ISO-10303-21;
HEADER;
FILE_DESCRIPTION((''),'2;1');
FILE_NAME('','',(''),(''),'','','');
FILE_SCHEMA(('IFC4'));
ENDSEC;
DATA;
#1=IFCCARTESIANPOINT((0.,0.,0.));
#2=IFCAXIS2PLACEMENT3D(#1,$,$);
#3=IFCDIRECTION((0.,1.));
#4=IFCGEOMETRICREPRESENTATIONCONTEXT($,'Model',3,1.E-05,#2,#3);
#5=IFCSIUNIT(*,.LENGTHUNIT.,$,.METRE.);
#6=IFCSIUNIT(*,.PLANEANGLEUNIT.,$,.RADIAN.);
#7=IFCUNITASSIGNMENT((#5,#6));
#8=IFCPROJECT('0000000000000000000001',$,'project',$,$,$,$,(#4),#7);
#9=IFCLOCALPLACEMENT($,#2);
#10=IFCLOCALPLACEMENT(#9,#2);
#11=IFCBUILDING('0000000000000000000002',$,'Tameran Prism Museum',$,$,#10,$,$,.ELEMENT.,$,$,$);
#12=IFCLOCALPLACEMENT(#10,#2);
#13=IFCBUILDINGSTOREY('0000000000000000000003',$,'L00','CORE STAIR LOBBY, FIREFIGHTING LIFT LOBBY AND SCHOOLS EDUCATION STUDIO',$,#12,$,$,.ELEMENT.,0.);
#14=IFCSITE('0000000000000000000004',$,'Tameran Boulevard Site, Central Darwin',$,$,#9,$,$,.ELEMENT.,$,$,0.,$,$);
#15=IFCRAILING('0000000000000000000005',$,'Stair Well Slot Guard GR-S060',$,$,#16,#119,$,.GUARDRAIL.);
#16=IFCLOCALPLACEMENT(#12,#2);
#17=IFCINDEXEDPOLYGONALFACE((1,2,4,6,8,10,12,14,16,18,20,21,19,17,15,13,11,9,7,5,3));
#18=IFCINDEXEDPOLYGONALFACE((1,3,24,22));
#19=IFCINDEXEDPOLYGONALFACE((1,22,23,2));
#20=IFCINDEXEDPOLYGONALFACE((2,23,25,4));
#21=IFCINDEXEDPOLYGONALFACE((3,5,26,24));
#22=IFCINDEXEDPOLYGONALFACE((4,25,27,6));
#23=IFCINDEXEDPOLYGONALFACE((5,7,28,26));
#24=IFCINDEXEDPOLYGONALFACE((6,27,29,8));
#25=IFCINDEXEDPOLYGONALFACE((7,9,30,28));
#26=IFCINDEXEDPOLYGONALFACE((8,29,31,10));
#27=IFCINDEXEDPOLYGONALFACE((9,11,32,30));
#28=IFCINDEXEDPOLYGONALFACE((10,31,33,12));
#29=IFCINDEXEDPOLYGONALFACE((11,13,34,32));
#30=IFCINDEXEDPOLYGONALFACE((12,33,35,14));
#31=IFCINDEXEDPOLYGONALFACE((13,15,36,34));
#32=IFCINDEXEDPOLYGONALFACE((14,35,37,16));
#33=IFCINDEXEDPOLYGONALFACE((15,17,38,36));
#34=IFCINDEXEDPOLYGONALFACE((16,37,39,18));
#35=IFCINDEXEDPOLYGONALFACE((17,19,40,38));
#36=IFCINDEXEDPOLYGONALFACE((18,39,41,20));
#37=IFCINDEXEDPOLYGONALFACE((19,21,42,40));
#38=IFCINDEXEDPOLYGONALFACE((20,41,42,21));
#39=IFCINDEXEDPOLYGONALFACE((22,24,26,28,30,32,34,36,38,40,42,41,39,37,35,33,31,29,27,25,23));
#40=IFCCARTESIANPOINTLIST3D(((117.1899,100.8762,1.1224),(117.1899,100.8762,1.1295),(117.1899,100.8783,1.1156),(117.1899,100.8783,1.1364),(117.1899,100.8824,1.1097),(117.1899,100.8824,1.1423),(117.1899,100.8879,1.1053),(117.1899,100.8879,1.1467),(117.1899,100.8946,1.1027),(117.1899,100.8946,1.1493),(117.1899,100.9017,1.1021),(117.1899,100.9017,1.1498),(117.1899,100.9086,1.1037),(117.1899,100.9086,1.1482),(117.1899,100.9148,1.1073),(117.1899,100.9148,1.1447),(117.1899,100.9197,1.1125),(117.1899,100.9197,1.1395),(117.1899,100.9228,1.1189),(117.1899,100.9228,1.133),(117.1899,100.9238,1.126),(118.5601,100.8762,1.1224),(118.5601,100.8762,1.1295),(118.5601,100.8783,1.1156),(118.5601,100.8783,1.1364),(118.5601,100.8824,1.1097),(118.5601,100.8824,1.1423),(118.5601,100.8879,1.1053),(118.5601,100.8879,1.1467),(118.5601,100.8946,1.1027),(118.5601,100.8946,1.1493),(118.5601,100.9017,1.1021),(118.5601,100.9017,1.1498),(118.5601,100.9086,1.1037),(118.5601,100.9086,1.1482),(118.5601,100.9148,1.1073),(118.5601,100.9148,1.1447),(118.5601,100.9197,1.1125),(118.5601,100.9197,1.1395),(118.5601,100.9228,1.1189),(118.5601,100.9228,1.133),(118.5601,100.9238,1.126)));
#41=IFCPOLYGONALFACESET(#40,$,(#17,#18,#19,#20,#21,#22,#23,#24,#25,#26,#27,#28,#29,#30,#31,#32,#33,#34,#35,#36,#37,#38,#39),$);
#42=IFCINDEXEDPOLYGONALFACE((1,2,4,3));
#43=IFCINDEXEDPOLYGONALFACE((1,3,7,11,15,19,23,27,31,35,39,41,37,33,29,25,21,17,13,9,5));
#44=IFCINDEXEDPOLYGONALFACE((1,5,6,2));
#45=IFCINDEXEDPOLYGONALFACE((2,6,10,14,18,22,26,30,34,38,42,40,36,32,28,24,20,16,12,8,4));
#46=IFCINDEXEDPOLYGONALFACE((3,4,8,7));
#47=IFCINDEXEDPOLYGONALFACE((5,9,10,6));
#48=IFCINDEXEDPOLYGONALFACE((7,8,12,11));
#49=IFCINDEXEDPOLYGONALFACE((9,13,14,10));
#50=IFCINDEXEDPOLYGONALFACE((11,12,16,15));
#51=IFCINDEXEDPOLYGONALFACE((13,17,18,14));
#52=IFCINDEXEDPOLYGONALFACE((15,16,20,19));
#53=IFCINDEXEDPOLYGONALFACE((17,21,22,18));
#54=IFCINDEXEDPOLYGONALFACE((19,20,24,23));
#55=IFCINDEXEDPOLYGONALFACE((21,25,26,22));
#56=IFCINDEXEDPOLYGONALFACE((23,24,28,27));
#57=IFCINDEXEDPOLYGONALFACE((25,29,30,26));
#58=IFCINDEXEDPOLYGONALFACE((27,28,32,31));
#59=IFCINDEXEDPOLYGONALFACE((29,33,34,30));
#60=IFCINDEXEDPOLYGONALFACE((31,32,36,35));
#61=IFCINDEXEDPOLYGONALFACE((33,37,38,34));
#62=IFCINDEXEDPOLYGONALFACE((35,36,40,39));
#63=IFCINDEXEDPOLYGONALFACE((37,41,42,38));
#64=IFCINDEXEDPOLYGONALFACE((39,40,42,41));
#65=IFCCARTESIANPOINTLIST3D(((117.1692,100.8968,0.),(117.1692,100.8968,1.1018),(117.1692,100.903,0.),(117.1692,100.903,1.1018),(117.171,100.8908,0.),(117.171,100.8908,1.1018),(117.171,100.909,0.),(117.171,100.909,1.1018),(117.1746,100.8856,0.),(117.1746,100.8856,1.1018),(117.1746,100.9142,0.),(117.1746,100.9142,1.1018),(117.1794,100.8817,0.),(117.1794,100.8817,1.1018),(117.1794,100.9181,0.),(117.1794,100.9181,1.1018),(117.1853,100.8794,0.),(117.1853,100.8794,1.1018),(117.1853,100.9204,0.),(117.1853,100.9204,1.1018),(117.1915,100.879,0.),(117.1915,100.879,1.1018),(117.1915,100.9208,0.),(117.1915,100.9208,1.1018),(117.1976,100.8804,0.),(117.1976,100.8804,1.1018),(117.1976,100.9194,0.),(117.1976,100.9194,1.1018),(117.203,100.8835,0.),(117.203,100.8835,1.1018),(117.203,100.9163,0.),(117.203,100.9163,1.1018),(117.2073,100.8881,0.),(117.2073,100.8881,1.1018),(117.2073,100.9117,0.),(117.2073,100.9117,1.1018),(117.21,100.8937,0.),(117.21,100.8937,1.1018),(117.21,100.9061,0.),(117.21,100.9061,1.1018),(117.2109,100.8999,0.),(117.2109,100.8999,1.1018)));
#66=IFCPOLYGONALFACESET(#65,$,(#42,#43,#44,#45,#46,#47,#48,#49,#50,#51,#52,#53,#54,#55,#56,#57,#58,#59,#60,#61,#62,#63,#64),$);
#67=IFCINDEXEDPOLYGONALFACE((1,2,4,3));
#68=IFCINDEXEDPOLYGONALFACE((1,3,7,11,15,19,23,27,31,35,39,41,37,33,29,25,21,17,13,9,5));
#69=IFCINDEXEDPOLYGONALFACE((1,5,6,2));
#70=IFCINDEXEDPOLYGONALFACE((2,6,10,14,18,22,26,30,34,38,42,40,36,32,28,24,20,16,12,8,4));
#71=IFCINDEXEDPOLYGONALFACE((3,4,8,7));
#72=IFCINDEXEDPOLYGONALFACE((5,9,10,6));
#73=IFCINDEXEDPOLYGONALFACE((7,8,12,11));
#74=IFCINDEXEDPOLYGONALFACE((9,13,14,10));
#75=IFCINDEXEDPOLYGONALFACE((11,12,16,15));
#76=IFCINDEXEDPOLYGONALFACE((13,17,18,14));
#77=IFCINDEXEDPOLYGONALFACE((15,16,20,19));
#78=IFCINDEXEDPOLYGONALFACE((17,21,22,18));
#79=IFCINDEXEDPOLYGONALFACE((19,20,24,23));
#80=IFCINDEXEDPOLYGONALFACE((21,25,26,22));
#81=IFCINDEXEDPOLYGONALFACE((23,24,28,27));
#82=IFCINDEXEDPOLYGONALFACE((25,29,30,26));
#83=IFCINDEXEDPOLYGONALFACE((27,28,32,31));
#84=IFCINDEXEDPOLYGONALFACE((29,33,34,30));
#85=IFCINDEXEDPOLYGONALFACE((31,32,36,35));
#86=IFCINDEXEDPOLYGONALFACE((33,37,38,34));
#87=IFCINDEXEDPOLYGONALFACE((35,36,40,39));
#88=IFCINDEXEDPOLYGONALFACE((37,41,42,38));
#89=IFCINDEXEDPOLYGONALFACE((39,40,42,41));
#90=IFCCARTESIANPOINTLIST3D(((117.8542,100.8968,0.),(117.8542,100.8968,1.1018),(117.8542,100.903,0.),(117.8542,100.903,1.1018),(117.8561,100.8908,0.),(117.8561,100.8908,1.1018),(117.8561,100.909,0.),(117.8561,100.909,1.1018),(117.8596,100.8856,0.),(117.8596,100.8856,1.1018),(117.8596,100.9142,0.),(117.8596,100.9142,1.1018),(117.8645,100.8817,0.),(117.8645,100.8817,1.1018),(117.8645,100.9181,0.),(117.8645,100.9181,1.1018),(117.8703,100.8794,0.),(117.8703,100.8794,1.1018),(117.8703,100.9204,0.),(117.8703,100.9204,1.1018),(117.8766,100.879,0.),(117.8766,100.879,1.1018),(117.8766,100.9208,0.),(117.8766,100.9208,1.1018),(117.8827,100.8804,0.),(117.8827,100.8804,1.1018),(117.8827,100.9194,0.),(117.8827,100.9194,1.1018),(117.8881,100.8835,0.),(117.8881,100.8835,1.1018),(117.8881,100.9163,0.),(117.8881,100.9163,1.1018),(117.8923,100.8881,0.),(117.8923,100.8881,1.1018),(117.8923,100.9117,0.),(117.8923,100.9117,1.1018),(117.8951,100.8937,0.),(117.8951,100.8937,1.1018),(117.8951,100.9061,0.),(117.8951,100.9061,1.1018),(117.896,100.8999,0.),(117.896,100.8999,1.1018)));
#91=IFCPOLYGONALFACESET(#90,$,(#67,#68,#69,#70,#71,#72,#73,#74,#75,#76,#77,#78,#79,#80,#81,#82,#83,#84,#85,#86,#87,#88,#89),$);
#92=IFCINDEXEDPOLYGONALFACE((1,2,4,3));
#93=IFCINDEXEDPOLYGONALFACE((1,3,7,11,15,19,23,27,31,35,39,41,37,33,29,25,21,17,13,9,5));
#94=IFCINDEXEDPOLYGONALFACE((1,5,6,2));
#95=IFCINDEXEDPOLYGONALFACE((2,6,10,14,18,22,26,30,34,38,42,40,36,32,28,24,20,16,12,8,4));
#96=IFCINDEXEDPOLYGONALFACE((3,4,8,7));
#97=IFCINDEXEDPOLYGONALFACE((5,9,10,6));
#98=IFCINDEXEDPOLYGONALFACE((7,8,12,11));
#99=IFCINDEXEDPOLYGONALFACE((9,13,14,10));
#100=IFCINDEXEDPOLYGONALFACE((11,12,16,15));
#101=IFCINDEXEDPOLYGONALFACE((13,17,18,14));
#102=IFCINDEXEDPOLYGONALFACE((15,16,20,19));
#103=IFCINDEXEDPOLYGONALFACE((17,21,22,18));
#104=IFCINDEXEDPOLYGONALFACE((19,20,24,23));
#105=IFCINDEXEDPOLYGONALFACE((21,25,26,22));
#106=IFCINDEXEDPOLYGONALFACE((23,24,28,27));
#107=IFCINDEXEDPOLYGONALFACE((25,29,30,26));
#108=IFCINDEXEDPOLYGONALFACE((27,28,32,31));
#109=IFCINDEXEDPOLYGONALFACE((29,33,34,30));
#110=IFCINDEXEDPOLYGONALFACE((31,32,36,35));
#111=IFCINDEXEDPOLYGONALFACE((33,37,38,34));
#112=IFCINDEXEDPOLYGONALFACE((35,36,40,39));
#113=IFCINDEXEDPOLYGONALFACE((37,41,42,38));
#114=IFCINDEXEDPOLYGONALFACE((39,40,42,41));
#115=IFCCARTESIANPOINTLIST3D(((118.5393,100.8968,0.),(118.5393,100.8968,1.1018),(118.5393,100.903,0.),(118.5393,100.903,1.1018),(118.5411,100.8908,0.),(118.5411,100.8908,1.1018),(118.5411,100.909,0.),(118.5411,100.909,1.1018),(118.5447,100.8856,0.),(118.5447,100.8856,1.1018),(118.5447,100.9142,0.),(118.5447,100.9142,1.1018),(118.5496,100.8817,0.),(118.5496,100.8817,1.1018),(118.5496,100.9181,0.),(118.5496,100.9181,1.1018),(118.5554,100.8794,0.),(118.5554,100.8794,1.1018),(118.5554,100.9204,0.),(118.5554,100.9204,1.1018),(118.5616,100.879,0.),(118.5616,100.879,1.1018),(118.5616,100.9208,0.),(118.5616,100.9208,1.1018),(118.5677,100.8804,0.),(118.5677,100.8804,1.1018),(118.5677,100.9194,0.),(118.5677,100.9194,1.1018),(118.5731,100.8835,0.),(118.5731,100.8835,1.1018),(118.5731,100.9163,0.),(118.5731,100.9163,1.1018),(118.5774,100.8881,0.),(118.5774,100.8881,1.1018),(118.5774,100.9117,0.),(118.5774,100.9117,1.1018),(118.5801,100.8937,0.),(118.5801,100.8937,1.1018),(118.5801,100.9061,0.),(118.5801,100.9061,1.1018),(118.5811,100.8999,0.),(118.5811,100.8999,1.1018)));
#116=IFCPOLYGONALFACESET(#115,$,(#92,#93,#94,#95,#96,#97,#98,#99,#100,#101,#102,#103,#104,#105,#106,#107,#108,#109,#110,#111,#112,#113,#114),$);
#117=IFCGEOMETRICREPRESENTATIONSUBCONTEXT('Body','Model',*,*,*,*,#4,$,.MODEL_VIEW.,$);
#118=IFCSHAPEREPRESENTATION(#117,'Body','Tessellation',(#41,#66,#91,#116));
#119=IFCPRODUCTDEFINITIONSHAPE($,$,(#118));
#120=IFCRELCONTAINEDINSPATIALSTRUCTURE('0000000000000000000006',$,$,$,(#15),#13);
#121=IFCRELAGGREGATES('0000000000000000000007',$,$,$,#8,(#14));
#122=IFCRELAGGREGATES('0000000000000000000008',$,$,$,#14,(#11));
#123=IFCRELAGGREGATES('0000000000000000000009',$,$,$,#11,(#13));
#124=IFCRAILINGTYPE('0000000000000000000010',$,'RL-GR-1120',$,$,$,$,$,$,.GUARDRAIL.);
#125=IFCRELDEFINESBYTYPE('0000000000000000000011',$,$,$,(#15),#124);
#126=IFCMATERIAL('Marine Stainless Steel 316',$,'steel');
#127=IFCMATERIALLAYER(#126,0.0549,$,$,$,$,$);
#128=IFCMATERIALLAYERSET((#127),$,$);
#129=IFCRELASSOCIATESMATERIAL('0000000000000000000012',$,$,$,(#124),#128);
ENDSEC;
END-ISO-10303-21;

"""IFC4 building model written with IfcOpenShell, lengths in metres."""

from ifc_helpers import new_model, si_unit, direction, frame, origin, origin_2d, place, context, subcontext, project, spatial, circle, extrude, material, layer, layer_set, type_object, element, save


model = new_model("IFC4")

# Units and contexts
model_context = context("Model", 3, precision=1e-05, world=origin(), true_north=direction((0.0, 1.0)))
body_context = subcontext(model_context, "Body", "Model", "MODEL_VIEW")
ifc_project = project(units=[si_unit("LENGTHUNIT", "METRE"), si_unit("PLANEANGLEUNIT", "RADIAN")], contexts=[model_context])

# Site, building, storey
site_placement = place(None, origin())
site = spatial("IfcSite", under=ifc_project, at=site_placement, Name="Tameran Boulevard Site, Central Darwin", CompositionType="ELEMENT", RefElevation=0.0)
building_placement = place(site_placement, origin())
building = spatial("IfcBuilding", under=site, at=building_placement, Name="Tameran Prism Museum", CompositionType="ELEMENT")
storey_placement = place(building_placement, origin())
storey = spatial("IfcBuildingStorey", under=building, at=storey_placement, Name="L00", Description="CORE STAIR LOBBY, FIREFIGHTING LIFT LOBBY AND SCHOOLS EDUCATION STUDIO", CompositionType="ELEMENT", Elevation=0.0)

# Railing
ifc_material_1 = material(Name="Marine Stainless Steel 316", Category="steel")
ifc_layer_1 = layer(ifc_material_1, 0.0549)
ifc_layer_set_1 = layer_set([ifc_layer_1])
railing_type_1 = type_object("IfcRailingType", Name="RL-GR-1120", PredefinedType="GUARDRAIL", material=ifc_layer_set_1)
railing_1_placement = place(storey_placement, frame((117.1899, 100.8999, 0.0)))
element("IfcRailing", 1, at=railing_1_placement, inside=storey, type_object=railing_type_1, Name="Stair Well Slot Guard GR-S060", PredefinedType="GUARDRAIL", context=body_context, shape_type="SweptSolid", body=[
    extrude(circle(Radius=0.0239, at=origin_2d()), frame((0.0, 0.0, 1.126), z_axis=(1.0, 0.0, 0.0), x_axis=(0.0, 1.0, 0.0)), (0.0, 0.0, 1.0), 1.3701),
    extrude(circle(Radius=0.021, at=origin_2d()), origin(), (0.0, 0.0, 1.0), 1.1018),
    extrude(circle(Radius=0.021, at=origin_2d()), frame((0.6851, 0.0, 0.0)), (0.0, 0.0, 1.0), 1.1018),
    extrude(circle(Radius=0.021, at=origin_2d()), frame((1.3701, 0.0, 0.0)), (0.0, 0.0, 1.0), 1.1018),
])

save(model, "model.ifc")
